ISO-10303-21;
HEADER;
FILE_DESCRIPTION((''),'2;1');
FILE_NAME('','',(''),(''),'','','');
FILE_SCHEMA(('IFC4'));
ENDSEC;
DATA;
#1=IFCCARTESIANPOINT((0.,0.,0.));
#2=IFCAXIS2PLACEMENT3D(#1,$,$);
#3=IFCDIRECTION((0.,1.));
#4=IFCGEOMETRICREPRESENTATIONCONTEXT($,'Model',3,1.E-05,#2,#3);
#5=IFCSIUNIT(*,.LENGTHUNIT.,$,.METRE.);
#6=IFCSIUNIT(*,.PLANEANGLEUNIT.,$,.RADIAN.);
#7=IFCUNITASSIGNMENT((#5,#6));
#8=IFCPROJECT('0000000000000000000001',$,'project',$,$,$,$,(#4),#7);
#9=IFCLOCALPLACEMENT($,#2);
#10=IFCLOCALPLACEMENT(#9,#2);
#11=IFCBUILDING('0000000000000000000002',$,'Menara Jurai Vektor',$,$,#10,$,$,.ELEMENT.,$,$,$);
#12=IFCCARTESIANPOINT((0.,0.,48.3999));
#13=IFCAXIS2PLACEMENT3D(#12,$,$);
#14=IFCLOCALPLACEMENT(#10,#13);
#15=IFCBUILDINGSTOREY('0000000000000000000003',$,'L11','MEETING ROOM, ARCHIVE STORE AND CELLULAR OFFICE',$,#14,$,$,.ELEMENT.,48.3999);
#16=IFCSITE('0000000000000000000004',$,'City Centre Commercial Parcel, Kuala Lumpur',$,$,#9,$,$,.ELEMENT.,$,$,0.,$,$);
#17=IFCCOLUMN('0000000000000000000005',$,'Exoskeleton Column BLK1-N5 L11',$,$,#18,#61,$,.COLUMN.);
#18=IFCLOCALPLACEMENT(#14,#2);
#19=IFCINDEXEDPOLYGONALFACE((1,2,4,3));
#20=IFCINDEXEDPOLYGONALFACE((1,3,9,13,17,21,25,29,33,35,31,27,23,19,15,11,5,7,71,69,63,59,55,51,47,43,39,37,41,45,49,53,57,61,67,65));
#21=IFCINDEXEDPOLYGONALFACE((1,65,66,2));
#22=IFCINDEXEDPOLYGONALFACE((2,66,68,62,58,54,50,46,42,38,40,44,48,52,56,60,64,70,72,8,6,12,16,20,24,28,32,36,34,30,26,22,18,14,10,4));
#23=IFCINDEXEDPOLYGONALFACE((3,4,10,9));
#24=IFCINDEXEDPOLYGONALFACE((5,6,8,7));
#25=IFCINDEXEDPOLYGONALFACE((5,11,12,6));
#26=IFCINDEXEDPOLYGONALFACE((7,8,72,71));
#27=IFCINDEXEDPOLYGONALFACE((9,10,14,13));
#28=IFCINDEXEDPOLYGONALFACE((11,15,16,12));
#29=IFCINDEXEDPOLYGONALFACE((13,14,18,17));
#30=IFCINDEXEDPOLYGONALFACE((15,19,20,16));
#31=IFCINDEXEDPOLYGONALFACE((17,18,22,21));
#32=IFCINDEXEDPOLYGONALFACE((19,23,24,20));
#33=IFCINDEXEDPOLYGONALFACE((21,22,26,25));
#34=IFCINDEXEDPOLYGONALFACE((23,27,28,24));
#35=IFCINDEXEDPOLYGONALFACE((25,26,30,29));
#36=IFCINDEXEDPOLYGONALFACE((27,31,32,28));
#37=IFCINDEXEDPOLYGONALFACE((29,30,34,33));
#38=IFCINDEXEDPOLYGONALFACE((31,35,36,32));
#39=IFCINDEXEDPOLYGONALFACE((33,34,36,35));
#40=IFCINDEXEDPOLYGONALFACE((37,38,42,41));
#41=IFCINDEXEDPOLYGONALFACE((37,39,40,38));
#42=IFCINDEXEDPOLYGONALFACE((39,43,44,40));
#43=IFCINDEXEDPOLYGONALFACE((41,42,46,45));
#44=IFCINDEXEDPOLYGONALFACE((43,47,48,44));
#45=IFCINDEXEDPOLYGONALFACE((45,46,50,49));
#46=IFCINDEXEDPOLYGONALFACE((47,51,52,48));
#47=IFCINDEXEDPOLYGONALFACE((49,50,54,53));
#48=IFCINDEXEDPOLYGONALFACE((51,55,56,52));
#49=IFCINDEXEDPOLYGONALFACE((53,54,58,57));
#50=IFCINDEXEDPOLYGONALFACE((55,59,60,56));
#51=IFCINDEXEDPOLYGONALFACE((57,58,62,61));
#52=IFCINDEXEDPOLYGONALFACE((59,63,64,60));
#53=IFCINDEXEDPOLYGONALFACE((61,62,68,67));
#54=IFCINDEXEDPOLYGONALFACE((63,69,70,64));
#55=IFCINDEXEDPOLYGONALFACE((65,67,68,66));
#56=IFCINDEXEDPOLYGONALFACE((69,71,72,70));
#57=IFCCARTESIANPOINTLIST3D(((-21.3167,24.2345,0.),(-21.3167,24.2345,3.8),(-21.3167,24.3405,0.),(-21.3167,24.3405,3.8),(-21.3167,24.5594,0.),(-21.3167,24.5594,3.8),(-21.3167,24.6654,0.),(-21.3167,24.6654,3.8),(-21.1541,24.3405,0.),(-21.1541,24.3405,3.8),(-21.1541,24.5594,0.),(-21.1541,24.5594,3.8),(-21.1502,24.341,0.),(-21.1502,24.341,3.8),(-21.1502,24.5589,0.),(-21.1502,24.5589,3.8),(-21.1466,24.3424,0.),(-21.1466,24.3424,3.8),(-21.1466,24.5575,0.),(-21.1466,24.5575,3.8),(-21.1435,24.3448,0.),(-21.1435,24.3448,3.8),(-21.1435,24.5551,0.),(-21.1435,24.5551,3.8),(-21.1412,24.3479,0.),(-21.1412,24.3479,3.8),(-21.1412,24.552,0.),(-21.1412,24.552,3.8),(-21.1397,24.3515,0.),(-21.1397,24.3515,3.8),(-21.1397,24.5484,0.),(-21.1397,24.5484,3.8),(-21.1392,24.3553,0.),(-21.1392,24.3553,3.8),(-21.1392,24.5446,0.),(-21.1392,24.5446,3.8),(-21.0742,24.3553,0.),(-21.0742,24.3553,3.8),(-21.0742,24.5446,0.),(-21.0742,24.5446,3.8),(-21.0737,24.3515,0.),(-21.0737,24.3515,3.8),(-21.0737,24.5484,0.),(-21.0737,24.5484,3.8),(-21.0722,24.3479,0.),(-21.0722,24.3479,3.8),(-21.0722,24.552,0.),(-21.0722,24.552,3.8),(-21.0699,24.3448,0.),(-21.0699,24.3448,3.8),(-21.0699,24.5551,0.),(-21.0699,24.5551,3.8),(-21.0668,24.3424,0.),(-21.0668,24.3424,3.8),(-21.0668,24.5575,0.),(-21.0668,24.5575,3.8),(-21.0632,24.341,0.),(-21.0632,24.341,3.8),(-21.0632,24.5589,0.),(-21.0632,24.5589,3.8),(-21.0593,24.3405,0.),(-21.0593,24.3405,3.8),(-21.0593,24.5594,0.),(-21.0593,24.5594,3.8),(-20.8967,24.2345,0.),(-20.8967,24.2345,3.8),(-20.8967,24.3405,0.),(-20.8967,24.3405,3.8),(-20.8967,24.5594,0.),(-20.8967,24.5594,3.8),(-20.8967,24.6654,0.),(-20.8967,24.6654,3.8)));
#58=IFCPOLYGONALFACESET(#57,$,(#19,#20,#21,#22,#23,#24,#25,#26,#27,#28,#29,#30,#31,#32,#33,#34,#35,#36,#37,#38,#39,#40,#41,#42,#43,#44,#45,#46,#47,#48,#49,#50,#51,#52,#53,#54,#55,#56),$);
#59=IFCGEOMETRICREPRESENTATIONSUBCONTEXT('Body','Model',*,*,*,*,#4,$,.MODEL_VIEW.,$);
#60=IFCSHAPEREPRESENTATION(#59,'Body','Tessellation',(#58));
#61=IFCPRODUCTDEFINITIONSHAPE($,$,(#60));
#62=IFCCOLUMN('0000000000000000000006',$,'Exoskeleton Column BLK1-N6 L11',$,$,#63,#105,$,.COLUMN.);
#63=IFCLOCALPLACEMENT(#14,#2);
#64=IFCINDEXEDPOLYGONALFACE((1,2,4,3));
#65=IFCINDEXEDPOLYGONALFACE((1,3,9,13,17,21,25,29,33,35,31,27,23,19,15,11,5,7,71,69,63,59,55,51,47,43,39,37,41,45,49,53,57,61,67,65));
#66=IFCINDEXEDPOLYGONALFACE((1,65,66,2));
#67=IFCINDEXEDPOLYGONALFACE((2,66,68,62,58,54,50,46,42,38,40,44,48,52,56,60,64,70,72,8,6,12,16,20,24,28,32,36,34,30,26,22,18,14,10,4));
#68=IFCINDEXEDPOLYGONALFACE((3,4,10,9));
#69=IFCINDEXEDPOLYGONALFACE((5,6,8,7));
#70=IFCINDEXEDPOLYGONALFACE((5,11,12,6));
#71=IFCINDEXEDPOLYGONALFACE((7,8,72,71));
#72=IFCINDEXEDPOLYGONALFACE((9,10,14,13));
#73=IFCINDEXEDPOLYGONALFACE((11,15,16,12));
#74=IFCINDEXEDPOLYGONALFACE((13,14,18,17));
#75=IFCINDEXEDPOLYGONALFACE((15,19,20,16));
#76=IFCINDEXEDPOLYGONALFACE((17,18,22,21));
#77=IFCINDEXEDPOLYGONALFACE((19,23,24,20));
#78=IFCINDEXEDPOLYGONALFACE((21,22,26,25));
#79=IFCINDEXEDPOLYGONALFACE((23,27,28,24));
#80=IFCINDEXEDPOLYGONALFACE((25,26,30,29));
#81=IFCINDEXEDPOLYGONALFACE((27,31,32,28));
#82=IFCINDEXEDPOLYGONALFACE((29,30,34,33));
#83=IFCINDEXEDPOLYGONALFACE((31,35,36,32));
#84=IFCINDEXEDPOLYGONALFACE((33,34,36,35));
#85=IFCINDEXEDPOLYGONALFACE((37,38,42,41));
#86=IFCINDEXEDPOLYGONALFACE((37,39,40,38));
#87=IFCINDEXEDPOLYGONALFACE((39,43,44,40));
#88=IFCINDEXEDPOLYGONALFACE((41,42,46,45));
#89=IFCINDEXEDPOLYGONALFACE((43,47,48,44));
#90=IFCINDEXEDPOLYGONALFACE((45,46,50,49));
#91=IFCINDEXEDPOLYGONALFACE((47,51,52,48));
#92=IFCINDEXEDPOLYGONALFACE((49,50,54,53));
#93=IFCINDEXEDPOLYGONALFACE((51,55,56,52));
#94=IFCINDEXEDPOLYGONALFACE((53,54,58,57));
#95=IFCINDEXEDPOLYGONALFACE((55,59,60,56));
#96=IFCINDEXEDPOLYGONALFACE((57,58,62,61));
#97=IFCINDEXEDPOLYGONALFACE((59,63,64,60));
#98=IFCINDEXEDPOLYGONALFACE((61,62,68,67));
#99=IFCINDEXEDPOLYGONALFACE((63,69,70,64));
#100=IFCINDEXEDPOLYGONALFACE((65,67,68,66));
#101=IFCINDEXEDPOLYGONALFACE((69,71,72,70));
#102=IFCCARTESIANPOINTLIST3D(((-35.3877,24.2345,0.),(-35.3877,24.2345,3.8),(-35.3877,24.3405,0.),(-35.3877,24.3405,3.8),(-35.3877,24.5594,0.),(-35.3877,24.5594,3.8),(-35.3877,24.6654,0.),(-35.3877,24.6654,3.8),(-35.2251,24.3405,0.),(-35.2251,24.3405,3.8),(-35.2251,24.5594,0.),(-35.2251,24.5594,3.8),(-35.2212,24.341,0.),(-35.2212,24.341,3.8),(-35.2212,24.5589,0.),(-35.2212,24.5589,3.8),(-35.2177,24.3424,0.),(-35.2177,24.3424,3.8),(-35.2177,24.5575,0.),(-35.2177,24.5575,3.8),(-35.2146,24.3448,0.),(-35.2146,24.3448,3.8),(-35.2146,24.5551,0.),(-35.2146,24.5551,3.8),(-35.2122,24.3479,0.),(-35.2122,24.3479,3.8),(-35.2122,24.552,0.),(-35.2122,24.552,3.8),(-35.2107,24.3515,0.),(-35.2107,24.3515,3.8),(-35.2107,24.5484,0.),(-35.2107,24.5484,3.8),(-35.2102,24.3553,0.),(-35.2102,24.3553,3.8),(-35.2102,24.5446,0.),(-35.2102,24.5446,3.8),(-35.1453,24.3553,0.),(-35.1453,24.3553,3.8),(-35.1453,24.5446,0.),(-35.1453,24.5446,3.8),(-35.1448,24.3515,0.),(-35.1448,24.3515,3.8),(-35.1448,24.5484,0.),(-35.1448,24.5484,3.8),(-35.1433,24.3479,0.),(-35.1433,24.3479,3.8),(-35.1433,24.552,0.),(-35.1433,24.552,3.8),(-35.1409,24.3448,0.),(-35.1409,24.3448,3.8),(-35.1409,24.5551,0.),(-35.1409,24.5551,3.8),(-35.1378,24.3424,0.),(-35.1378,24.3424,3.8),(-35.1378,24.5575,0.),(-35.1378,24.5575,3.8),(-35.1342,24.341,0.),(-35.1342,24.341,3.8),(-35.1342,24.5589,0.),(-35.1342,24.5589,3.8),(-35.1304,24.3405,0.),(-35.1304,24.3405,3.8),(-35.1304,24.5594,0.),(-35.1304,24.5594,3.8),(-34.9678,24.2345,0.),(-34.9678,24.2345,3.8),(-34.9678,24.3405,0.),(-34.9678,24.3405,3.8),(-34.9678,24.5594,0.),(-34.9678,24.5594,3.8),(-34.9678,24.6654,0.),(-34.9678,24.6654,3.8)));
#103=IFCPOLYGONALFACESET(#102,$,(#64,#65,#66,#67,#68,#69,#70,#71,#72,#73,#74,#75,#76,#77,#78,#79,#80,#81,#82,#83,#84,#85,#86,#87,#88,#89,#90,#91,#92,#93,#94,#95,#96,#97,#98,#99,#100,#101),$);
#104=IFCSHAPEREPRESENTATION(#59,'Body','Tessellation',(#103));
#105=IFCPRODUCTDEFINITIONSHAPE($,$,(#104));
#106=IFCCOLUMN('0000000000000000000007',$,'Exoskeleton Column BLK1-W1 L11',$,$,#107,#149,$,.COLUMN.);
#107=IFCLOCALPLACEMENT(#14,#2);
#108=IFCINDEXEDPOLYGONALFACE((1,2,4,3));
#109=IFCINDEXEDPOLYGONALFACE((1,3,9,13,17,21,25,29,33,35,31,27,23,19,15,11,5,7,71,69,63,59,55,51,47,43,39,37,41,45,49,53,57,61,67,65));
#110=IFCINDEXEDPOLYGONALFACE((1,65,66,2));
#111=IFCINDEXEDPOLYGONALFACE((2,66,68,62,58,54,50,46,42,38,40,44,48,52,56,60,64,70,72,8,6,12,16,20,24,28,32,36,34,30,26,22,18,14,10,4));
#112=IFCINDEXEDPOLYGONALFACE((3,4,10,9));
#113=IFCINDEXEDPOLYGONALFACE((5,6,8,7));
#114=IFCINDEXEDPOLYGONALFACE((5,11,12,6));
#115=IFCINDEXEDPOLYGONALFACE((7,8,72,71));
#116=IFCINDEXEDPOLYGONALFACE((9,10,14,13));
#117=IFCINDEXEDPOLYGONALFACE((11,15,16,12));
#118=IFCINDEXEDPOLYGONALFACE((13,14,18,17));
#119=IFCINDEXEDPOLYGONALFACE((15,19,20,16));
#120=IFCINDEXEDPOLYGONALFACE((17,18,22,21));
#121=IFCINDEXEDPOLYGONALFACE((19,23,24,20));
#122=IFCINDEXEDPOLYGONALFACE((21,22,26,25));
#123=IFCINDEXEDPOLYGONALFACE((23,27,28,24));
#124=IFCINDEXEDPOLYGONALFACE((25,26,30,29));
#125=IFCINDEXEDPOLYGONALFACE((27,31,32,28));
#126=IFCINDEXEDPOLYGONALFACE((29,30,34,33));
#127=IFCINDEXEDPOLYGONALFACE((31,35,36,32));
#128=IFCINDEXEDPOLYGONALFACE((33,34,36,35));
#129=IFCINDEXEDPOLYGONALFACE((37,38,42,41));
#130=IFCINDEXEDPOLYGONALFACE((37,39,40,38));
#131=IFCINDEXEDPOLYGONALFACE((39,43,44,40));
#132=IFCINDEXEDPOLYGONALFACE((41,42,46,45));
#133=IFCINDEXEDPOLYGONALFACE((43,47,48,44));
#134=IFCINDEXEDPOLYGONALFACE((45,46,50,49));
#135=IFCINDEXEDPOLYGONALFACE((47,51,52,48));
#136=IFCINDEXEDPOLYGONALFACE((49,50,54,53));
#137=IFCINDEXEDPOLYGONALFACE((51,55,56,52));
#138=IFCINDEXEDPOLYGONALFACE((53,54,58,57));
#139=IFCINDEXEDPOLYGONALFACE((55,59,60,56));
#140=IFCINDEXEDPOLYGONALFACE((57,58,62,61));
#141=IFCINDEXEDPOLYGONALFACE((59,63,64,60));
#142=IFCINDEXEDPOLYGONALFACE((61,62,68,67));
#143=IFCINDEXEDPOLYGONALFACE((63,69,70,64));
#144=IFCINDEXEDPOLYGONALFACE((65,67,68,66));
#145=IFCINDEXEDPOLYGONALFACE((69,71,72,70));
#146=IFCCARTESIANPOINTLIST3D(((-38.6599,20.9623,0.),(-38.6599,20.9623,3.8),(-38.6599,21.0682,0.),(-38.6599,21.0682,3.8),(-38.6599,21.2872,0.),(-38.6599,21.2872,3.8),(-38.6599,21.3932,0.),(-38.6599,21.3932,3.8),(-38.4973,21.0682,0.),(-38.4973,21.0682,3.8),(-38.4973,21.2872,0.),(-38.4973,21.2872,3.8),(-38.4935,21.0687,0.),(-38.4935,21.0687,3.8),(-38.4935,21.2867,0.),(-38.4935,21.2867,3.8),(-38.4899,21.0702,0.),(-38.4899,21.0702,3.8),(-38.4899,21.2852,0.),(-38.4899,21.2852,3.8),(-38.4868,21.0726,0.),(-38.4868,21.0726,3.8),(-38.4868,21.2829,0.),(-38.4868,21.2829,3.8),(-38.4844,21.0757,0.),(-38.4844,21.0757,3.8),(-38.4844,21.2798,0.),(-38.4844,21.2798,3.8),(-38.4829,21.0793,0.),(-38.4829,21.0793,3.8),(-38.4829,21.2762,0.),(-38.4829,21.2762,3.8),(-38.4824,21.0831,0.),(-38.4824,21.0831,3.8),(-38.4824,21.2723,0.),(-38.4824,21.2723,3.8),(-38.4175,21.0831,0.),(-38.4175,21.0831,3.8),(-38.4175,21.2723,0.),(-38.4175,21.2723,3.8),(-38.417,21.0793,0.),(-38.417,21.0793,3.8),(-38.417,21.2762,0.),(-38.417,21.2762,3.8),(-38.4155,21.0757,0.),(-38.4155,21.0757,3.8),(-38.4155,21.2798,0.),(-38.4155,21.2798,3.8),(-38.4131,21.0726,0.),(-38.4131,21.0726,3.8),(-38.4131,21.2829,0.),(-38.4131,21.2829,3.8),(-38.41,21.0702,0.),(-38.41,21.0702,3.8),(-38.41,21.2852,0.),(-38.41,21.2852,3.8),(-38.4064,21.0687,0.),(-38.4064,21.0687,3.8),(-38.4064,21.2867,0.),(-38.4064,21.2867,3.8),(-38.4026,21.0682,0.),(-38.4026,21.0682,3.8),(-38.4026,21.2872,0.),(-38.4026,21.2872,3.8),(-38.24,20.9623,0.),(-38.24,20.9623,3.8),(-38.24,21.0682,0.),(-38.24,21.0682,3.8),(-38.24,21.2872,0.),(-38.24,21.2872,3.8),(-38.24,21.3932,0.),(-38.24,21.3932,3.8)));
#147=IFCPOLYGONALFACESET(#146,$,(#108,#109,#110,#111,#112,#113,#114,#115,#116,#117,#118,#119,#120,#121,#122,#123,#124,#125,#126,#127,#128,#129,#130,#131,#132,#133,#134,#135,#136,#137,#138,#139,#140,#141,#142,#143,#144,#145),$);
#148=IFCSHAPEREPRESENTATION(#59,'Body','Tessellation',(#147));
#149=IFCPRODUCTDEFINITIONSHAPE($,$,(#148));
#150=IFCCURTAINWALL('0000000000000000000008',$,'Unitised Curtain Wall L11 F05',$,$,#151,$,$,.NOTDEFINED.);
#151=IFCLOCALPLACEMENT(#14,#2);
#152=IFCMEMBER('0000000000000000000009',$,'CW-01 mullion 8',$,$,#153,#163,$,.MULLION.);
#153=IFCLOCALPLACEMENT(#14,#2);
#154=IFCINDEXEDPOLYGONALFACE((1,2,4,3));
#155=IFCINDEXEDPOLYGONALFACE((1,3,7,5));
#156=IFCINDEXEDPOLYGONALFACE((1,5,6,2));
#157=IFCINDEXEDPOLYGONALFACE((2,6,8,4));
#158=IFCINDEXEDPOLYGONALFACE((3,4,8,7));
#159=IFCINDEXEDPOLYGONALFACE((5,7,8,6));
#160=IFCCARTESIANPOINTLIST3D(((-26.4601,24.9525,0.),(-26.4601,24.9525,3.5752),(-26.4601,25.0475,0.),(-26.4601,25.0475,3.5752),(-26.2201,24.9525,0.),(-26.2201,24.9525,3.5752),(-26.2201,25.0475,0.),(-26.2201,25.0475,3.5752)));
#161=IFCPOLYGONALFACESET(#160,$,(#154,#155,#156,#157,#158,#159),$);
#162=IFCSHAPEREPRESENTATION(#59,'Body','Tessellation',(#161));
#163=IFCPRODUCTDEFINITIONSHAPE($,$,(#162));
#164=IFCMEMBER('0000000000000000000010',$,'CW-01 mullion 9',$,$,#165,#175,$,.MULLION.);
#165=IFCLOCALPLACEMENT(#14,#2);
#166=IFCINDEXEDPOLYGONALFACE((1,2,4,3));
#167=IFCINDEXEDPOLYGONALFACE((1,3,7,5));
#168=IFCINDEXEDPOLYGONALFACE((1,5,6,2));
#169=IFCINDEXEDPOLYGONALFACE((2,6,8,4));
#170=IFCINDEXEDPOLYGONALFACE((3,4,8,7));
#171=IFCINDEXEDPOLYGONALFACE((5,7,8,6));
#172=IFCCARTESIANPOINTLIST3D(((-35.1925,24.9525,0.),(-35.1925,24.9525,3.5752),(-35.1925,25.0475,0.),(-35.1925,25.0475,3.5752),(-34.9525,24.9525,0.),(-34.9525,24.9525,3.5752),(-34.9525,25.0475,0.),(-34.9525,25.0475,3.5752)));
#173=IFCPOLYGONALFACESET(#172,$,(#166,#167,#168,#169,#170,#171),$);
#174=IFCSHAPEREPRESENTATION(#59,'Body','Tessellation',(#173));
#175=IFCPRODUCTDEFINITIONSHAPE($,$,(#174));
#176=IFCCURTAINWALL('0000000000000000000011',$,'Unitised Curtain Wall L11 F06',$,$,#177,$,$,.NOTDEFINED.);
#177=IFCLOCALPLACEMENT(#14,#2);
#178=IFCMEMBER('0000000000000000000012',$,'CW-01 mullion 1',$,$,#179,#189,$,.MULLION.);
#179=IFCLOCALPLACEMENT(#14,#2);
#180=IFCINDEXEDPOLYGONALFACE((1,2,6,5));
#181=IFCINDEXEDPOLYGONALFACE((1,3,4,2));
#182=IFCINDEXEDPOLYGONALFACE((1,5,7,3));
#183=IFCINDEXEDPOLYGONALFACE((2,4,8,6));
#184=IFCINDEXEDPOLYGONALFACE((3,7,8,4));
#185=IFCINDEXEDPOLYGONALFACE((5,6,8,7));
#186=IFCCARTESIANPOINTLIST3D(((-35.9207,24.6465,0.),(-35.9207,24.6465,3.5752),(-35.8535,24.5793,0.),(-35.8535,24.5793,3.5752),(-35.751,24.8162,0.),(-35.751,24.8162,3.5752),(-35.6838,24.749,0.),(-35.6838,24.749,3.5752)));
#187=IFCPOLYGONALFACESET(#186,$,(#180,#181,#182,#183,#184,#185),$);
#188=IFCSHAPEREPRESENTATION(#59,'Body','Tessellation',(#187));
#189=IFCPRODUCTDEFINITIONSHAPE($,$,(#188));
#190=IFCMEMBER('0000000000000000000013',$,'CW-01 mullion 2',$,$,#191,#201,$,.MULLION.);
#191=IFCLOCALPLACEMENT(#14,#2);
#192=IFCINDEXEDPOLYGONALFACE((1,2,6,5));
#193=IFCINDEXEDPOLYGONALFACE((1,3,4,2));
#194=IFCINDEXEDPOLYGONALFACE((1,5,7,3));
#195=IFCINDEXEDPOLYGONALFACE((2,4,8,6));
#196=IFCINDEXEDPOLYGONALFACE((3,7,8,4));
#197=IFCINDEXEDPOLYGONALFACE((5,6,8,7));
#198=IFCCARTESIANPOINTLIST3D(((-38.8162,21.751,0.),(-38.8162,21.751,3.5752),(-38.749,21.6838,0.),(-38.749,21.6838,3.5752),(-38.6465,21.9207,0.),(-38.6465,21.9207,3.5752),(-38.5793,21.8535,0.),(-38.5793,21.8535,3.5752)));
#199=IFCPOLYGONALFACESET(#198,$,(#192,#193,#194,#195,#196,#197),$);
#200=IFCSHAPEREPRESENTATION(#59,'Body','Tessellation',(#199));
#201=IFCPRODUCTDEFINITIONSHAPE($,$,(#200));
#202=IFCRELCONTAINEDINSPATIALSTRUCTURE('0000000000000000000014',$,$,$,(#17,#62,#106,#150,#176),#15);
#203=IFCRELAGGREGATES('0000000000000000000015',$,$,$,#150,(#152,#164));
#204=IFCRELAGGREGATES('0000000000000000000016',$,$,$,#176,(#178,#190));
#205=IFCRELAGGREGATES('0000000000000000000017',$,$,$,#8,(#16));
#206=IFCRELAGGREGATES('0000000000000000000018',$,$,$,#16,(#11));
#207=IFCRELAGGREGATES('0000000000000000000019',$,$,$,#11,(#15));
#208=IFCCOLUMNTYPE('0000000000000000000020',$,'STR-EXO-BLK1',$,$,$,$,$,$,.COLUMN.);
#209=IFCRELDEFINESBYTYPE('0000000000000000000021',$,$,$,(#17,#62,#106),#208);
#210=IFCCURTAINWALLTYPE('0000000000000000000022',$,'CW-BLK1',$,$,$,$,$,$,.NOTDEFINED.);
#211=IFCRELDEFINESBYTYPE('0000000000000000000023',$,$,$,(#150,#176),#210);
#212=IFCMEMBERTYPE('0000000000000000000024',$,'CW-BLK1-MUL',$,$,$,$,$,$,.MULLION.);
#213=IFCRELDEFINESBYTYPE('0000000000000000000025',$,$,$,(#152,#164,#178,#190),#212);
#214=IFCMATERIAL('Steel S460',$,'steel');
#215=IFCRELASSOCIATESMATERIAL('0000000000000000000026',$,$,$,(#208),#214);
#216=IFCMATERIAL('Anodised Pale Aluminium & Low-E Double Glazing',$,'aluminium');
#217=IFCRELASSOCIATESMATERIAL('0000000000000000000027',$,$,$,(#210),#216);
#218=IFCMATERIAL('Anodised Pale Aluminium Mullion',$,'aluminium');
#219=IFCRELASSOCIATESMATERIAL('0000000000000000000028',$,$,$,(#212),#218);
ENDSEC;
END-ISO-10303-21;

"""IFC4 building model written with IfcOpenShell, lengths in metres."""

from ifc_helpers import new_model, si_unit, direction, frame, origin, origin_2d, place, context, subcontext, project, spatial, rectangle, i_section, extrude, material, material_profile, profile_set, type_object, element, aggregate, save


model = new_model("IFC4")

# Units and contexts
model_context = context("Model", 3, precision=1e-05, world=origin(), true_north=direction((0.0, 1.0)))
body_context = subcontext(model_context, "Body", "Model", "MODEL_VIEW")
ifc_project = project(units=[si_unit("LENGTHUNIT", "METRE"), si_unit("PLANEANGLEUNIT", "RADIAN")], contexts=[model_context])

# Site, building, storey
site_placement = place(None, origin())
site = spatial("IfcSite", under=ifc_project, at=site_placement, Name="City Centre Commercial Parcel, Kuala Lumpur", CompositionType="ELEMENT", RefElevation=0.0)
building_placement = place(site_placement, origin())
building = spatial("IfcBuilding", under=site, at=building_placement, Name="Menara Jurai Vektor", CompositionType="ELEMENT")
storey_placement = place(building_placement, frame((0.0, 0.0, 48.3999)))
storey = spatial("IfcBuildingStorey", under=building, at=storey_placement, Name="L11", Description="MEETING ROOM, ARCHIVE STORE AND CELLULAR OFFICE", CompositionType="ELEMENT", Elevation=48.3999)

# Columns
ifc_material_1 = material(Name="Steel S460", Category="steel")
ifc_material_profile_1 = material_profile(ifc_material_1, i_section(OverallWidth=0.4199, OverallDepth=0.4309, WebThickness=0.0649, FlangeThickness=0.106, FilletRadius=0.0149, at=origin_2d()), Name="HD 400x900")
ifc_profile_set_1 = profile_set([ifc_material_profile_1], Name="Steel S460")
column_type = type_object("IfcColumnType", Name="STR-EXO-BLK1", PredefinedType="COLUMN", material=ifc_profile_set_1)
for number, where, z_axis, x_axis, name in (
    (1, (-21.1067, 24.45, 0.0), (0.0, 0.0, 1.0), (1.0, 0.0, 0.0), "Exoskeleton Column BLK1-N5 L11"),
    (2, (-35.1777, 24.45, 0.0), (0.0, 0.0, 1.0), (1.0, 0.0, 0.0), "Exoskeleton Column BLK1-N6 L11"),
    (3, (-38.45, 21.1777, 0.0), (0.0, 0.0, 1.0), (1.0, 0.0, 0.0), "Exoskeleton Column BLK1-W1 L11"),
):
    element("IfcColumn", number, at=place(storey_placement, frame(where, z_axis=z_axis, x_axis=x_axis)), inside=storey, type_object=column_type, Name=name, PredefinedType="COLUMN", context=body_context, shape_type="SweptSolid", body=[
        extrude(i_section(OverallWidth=0.4199, OverallDepth=0.4309, WebThickness=0.0649, FlangeThickness=0.106, FilletRadius=0.0149, at=origin_2d()), origin(), (0.0, 0.0, 1.0), 3.8),
    ])

# Curtain walls, members
ifc_material_2 = material(Name="Anodised Pale Aluminium & Low-E Double Glazing", Category="aluminium")
curtain_wall_type = type_object("IfcCurtainWallType", Name="CW-BLK1", PredefinedType="NOTDEFINED", material=ifc_material_2)
curtain_wall_1_placement = place(storey_placement, origin())
curtain_wall_1 = element("IfcCurtainWall", 4, at=curtain_wall_1_placement, inside=storey, type_object=curtain_wall_type, Name="Unitised Curtain Wall L11 F05", PredefinedType="NOTDEFINED")
ifc_material_3 = material(Name="Anodised Pale Aluminium Mullion", Category="aluminium")
ifc_material_profile_2 = material_profile(ifc_material_3, rectangle(XDim=0.095, YDim=0.24, at=origin_2d()), Name="ALU MUL 95x240")
ifc_profile_set_2 = profile_set([ifc_material_profile_2], Name="Anodised Pale Aluminium Mullion")
member_type_1 = type_object("IfcMemberType", Name="CW-BLK1-MUL", PredefinedType="MULLION", material=ifc_profile_set_2)
member_1_placement = place(storey_placement, frame((-26.3401, 25.0, 0.0), z_axis=(0.0, 0.0, 1.0), x_axis=(0.0, -1.0, 0.0)))
member_1 = element("IfcMember", 5, at=member_1_placement, type_object=member_type_1, Name="CW-01 mullion 8", PredefinedType="MULLION", context=body_context, shape_type="SweptSolid", body=[
    extrude(rectangle(XDim=0.095, YDim=0.24, at=origin_2d()), origin(), (0.0, 0.0, 1.0), 3.5752),
])
member_2_placement = place(storey_placement, frame((-35.0725, 25.0, 0.0), z_axis=(0.0, 0.0, 1.0), x_axis=(0.0, -1.0, 0.0)))
member_2 = element("IfcMember", 6, at=member_2_placement, type_object=member_type_1, Name="CW-01 mullion 9", PredefinedType="MULLION", context=body_context, shape_type="SweptSolid", body=[
    extrude(rectangle(XDim=0.095, YDim=0.24, at=origin_2d()), origin(), (0.0, 0.0, 1.0), 3.5752),
])
curtain_wall_2_placement = place(storey_placement, origin())
curtain_wall_2 = element("IfcCurtainWall", 7, at=curtain_wall_2_placement, inside=storey, type_object=curtain_wall_type, Name="Unitised Curtain Wall L11 F06", PredefinedType="NOTDEFINED")
member_3_placement = place(storey_placement, frame((-35.8022, 24.6978, 0.0), z_axis=(0.0, 0.0, 1.0), x_axis=(0.707107, -0.707107, 0.0)))
member_3 = element("IfcMember", 8, at=member_3_placement, type_object=member_type_1, Name="CW-01 mullion 1", PredefinedType="MULLION", context=body_context, shape_type="SweptSolid", body=[
    extrude(rectangle(XDim=0.095, YDim=0.24, at=origin_2d()), origin(), (0.0, 0.0, 1.0), 3.5752),
])
member_4_placement = place(storey_placement, frame((-38.6978, 21.8022, 0.0), z_axis=(0.0, 0.0, 1.0), x_axis=(0.707107, -0.707107, 0.0)))
member_4 = element("IfcMember", 9, at=member_4_placement, type_object=member_type_1, Name="CW-01 mullion 2", PredefinedType="MULLION", context=body_context, shape_type="SweptSolid", body=[
    extrude(rectangle(XDim=0.095, YDim=0.24, at=origin_2d()), origin(), (0.0, 0.0, 1.0), 3.5752),
])

aggregate(curtain_wall_1, [member_1, member_2])
aggregate(curtain_wall_2, [member_3, member_4])

save(model, "model.ifc")
